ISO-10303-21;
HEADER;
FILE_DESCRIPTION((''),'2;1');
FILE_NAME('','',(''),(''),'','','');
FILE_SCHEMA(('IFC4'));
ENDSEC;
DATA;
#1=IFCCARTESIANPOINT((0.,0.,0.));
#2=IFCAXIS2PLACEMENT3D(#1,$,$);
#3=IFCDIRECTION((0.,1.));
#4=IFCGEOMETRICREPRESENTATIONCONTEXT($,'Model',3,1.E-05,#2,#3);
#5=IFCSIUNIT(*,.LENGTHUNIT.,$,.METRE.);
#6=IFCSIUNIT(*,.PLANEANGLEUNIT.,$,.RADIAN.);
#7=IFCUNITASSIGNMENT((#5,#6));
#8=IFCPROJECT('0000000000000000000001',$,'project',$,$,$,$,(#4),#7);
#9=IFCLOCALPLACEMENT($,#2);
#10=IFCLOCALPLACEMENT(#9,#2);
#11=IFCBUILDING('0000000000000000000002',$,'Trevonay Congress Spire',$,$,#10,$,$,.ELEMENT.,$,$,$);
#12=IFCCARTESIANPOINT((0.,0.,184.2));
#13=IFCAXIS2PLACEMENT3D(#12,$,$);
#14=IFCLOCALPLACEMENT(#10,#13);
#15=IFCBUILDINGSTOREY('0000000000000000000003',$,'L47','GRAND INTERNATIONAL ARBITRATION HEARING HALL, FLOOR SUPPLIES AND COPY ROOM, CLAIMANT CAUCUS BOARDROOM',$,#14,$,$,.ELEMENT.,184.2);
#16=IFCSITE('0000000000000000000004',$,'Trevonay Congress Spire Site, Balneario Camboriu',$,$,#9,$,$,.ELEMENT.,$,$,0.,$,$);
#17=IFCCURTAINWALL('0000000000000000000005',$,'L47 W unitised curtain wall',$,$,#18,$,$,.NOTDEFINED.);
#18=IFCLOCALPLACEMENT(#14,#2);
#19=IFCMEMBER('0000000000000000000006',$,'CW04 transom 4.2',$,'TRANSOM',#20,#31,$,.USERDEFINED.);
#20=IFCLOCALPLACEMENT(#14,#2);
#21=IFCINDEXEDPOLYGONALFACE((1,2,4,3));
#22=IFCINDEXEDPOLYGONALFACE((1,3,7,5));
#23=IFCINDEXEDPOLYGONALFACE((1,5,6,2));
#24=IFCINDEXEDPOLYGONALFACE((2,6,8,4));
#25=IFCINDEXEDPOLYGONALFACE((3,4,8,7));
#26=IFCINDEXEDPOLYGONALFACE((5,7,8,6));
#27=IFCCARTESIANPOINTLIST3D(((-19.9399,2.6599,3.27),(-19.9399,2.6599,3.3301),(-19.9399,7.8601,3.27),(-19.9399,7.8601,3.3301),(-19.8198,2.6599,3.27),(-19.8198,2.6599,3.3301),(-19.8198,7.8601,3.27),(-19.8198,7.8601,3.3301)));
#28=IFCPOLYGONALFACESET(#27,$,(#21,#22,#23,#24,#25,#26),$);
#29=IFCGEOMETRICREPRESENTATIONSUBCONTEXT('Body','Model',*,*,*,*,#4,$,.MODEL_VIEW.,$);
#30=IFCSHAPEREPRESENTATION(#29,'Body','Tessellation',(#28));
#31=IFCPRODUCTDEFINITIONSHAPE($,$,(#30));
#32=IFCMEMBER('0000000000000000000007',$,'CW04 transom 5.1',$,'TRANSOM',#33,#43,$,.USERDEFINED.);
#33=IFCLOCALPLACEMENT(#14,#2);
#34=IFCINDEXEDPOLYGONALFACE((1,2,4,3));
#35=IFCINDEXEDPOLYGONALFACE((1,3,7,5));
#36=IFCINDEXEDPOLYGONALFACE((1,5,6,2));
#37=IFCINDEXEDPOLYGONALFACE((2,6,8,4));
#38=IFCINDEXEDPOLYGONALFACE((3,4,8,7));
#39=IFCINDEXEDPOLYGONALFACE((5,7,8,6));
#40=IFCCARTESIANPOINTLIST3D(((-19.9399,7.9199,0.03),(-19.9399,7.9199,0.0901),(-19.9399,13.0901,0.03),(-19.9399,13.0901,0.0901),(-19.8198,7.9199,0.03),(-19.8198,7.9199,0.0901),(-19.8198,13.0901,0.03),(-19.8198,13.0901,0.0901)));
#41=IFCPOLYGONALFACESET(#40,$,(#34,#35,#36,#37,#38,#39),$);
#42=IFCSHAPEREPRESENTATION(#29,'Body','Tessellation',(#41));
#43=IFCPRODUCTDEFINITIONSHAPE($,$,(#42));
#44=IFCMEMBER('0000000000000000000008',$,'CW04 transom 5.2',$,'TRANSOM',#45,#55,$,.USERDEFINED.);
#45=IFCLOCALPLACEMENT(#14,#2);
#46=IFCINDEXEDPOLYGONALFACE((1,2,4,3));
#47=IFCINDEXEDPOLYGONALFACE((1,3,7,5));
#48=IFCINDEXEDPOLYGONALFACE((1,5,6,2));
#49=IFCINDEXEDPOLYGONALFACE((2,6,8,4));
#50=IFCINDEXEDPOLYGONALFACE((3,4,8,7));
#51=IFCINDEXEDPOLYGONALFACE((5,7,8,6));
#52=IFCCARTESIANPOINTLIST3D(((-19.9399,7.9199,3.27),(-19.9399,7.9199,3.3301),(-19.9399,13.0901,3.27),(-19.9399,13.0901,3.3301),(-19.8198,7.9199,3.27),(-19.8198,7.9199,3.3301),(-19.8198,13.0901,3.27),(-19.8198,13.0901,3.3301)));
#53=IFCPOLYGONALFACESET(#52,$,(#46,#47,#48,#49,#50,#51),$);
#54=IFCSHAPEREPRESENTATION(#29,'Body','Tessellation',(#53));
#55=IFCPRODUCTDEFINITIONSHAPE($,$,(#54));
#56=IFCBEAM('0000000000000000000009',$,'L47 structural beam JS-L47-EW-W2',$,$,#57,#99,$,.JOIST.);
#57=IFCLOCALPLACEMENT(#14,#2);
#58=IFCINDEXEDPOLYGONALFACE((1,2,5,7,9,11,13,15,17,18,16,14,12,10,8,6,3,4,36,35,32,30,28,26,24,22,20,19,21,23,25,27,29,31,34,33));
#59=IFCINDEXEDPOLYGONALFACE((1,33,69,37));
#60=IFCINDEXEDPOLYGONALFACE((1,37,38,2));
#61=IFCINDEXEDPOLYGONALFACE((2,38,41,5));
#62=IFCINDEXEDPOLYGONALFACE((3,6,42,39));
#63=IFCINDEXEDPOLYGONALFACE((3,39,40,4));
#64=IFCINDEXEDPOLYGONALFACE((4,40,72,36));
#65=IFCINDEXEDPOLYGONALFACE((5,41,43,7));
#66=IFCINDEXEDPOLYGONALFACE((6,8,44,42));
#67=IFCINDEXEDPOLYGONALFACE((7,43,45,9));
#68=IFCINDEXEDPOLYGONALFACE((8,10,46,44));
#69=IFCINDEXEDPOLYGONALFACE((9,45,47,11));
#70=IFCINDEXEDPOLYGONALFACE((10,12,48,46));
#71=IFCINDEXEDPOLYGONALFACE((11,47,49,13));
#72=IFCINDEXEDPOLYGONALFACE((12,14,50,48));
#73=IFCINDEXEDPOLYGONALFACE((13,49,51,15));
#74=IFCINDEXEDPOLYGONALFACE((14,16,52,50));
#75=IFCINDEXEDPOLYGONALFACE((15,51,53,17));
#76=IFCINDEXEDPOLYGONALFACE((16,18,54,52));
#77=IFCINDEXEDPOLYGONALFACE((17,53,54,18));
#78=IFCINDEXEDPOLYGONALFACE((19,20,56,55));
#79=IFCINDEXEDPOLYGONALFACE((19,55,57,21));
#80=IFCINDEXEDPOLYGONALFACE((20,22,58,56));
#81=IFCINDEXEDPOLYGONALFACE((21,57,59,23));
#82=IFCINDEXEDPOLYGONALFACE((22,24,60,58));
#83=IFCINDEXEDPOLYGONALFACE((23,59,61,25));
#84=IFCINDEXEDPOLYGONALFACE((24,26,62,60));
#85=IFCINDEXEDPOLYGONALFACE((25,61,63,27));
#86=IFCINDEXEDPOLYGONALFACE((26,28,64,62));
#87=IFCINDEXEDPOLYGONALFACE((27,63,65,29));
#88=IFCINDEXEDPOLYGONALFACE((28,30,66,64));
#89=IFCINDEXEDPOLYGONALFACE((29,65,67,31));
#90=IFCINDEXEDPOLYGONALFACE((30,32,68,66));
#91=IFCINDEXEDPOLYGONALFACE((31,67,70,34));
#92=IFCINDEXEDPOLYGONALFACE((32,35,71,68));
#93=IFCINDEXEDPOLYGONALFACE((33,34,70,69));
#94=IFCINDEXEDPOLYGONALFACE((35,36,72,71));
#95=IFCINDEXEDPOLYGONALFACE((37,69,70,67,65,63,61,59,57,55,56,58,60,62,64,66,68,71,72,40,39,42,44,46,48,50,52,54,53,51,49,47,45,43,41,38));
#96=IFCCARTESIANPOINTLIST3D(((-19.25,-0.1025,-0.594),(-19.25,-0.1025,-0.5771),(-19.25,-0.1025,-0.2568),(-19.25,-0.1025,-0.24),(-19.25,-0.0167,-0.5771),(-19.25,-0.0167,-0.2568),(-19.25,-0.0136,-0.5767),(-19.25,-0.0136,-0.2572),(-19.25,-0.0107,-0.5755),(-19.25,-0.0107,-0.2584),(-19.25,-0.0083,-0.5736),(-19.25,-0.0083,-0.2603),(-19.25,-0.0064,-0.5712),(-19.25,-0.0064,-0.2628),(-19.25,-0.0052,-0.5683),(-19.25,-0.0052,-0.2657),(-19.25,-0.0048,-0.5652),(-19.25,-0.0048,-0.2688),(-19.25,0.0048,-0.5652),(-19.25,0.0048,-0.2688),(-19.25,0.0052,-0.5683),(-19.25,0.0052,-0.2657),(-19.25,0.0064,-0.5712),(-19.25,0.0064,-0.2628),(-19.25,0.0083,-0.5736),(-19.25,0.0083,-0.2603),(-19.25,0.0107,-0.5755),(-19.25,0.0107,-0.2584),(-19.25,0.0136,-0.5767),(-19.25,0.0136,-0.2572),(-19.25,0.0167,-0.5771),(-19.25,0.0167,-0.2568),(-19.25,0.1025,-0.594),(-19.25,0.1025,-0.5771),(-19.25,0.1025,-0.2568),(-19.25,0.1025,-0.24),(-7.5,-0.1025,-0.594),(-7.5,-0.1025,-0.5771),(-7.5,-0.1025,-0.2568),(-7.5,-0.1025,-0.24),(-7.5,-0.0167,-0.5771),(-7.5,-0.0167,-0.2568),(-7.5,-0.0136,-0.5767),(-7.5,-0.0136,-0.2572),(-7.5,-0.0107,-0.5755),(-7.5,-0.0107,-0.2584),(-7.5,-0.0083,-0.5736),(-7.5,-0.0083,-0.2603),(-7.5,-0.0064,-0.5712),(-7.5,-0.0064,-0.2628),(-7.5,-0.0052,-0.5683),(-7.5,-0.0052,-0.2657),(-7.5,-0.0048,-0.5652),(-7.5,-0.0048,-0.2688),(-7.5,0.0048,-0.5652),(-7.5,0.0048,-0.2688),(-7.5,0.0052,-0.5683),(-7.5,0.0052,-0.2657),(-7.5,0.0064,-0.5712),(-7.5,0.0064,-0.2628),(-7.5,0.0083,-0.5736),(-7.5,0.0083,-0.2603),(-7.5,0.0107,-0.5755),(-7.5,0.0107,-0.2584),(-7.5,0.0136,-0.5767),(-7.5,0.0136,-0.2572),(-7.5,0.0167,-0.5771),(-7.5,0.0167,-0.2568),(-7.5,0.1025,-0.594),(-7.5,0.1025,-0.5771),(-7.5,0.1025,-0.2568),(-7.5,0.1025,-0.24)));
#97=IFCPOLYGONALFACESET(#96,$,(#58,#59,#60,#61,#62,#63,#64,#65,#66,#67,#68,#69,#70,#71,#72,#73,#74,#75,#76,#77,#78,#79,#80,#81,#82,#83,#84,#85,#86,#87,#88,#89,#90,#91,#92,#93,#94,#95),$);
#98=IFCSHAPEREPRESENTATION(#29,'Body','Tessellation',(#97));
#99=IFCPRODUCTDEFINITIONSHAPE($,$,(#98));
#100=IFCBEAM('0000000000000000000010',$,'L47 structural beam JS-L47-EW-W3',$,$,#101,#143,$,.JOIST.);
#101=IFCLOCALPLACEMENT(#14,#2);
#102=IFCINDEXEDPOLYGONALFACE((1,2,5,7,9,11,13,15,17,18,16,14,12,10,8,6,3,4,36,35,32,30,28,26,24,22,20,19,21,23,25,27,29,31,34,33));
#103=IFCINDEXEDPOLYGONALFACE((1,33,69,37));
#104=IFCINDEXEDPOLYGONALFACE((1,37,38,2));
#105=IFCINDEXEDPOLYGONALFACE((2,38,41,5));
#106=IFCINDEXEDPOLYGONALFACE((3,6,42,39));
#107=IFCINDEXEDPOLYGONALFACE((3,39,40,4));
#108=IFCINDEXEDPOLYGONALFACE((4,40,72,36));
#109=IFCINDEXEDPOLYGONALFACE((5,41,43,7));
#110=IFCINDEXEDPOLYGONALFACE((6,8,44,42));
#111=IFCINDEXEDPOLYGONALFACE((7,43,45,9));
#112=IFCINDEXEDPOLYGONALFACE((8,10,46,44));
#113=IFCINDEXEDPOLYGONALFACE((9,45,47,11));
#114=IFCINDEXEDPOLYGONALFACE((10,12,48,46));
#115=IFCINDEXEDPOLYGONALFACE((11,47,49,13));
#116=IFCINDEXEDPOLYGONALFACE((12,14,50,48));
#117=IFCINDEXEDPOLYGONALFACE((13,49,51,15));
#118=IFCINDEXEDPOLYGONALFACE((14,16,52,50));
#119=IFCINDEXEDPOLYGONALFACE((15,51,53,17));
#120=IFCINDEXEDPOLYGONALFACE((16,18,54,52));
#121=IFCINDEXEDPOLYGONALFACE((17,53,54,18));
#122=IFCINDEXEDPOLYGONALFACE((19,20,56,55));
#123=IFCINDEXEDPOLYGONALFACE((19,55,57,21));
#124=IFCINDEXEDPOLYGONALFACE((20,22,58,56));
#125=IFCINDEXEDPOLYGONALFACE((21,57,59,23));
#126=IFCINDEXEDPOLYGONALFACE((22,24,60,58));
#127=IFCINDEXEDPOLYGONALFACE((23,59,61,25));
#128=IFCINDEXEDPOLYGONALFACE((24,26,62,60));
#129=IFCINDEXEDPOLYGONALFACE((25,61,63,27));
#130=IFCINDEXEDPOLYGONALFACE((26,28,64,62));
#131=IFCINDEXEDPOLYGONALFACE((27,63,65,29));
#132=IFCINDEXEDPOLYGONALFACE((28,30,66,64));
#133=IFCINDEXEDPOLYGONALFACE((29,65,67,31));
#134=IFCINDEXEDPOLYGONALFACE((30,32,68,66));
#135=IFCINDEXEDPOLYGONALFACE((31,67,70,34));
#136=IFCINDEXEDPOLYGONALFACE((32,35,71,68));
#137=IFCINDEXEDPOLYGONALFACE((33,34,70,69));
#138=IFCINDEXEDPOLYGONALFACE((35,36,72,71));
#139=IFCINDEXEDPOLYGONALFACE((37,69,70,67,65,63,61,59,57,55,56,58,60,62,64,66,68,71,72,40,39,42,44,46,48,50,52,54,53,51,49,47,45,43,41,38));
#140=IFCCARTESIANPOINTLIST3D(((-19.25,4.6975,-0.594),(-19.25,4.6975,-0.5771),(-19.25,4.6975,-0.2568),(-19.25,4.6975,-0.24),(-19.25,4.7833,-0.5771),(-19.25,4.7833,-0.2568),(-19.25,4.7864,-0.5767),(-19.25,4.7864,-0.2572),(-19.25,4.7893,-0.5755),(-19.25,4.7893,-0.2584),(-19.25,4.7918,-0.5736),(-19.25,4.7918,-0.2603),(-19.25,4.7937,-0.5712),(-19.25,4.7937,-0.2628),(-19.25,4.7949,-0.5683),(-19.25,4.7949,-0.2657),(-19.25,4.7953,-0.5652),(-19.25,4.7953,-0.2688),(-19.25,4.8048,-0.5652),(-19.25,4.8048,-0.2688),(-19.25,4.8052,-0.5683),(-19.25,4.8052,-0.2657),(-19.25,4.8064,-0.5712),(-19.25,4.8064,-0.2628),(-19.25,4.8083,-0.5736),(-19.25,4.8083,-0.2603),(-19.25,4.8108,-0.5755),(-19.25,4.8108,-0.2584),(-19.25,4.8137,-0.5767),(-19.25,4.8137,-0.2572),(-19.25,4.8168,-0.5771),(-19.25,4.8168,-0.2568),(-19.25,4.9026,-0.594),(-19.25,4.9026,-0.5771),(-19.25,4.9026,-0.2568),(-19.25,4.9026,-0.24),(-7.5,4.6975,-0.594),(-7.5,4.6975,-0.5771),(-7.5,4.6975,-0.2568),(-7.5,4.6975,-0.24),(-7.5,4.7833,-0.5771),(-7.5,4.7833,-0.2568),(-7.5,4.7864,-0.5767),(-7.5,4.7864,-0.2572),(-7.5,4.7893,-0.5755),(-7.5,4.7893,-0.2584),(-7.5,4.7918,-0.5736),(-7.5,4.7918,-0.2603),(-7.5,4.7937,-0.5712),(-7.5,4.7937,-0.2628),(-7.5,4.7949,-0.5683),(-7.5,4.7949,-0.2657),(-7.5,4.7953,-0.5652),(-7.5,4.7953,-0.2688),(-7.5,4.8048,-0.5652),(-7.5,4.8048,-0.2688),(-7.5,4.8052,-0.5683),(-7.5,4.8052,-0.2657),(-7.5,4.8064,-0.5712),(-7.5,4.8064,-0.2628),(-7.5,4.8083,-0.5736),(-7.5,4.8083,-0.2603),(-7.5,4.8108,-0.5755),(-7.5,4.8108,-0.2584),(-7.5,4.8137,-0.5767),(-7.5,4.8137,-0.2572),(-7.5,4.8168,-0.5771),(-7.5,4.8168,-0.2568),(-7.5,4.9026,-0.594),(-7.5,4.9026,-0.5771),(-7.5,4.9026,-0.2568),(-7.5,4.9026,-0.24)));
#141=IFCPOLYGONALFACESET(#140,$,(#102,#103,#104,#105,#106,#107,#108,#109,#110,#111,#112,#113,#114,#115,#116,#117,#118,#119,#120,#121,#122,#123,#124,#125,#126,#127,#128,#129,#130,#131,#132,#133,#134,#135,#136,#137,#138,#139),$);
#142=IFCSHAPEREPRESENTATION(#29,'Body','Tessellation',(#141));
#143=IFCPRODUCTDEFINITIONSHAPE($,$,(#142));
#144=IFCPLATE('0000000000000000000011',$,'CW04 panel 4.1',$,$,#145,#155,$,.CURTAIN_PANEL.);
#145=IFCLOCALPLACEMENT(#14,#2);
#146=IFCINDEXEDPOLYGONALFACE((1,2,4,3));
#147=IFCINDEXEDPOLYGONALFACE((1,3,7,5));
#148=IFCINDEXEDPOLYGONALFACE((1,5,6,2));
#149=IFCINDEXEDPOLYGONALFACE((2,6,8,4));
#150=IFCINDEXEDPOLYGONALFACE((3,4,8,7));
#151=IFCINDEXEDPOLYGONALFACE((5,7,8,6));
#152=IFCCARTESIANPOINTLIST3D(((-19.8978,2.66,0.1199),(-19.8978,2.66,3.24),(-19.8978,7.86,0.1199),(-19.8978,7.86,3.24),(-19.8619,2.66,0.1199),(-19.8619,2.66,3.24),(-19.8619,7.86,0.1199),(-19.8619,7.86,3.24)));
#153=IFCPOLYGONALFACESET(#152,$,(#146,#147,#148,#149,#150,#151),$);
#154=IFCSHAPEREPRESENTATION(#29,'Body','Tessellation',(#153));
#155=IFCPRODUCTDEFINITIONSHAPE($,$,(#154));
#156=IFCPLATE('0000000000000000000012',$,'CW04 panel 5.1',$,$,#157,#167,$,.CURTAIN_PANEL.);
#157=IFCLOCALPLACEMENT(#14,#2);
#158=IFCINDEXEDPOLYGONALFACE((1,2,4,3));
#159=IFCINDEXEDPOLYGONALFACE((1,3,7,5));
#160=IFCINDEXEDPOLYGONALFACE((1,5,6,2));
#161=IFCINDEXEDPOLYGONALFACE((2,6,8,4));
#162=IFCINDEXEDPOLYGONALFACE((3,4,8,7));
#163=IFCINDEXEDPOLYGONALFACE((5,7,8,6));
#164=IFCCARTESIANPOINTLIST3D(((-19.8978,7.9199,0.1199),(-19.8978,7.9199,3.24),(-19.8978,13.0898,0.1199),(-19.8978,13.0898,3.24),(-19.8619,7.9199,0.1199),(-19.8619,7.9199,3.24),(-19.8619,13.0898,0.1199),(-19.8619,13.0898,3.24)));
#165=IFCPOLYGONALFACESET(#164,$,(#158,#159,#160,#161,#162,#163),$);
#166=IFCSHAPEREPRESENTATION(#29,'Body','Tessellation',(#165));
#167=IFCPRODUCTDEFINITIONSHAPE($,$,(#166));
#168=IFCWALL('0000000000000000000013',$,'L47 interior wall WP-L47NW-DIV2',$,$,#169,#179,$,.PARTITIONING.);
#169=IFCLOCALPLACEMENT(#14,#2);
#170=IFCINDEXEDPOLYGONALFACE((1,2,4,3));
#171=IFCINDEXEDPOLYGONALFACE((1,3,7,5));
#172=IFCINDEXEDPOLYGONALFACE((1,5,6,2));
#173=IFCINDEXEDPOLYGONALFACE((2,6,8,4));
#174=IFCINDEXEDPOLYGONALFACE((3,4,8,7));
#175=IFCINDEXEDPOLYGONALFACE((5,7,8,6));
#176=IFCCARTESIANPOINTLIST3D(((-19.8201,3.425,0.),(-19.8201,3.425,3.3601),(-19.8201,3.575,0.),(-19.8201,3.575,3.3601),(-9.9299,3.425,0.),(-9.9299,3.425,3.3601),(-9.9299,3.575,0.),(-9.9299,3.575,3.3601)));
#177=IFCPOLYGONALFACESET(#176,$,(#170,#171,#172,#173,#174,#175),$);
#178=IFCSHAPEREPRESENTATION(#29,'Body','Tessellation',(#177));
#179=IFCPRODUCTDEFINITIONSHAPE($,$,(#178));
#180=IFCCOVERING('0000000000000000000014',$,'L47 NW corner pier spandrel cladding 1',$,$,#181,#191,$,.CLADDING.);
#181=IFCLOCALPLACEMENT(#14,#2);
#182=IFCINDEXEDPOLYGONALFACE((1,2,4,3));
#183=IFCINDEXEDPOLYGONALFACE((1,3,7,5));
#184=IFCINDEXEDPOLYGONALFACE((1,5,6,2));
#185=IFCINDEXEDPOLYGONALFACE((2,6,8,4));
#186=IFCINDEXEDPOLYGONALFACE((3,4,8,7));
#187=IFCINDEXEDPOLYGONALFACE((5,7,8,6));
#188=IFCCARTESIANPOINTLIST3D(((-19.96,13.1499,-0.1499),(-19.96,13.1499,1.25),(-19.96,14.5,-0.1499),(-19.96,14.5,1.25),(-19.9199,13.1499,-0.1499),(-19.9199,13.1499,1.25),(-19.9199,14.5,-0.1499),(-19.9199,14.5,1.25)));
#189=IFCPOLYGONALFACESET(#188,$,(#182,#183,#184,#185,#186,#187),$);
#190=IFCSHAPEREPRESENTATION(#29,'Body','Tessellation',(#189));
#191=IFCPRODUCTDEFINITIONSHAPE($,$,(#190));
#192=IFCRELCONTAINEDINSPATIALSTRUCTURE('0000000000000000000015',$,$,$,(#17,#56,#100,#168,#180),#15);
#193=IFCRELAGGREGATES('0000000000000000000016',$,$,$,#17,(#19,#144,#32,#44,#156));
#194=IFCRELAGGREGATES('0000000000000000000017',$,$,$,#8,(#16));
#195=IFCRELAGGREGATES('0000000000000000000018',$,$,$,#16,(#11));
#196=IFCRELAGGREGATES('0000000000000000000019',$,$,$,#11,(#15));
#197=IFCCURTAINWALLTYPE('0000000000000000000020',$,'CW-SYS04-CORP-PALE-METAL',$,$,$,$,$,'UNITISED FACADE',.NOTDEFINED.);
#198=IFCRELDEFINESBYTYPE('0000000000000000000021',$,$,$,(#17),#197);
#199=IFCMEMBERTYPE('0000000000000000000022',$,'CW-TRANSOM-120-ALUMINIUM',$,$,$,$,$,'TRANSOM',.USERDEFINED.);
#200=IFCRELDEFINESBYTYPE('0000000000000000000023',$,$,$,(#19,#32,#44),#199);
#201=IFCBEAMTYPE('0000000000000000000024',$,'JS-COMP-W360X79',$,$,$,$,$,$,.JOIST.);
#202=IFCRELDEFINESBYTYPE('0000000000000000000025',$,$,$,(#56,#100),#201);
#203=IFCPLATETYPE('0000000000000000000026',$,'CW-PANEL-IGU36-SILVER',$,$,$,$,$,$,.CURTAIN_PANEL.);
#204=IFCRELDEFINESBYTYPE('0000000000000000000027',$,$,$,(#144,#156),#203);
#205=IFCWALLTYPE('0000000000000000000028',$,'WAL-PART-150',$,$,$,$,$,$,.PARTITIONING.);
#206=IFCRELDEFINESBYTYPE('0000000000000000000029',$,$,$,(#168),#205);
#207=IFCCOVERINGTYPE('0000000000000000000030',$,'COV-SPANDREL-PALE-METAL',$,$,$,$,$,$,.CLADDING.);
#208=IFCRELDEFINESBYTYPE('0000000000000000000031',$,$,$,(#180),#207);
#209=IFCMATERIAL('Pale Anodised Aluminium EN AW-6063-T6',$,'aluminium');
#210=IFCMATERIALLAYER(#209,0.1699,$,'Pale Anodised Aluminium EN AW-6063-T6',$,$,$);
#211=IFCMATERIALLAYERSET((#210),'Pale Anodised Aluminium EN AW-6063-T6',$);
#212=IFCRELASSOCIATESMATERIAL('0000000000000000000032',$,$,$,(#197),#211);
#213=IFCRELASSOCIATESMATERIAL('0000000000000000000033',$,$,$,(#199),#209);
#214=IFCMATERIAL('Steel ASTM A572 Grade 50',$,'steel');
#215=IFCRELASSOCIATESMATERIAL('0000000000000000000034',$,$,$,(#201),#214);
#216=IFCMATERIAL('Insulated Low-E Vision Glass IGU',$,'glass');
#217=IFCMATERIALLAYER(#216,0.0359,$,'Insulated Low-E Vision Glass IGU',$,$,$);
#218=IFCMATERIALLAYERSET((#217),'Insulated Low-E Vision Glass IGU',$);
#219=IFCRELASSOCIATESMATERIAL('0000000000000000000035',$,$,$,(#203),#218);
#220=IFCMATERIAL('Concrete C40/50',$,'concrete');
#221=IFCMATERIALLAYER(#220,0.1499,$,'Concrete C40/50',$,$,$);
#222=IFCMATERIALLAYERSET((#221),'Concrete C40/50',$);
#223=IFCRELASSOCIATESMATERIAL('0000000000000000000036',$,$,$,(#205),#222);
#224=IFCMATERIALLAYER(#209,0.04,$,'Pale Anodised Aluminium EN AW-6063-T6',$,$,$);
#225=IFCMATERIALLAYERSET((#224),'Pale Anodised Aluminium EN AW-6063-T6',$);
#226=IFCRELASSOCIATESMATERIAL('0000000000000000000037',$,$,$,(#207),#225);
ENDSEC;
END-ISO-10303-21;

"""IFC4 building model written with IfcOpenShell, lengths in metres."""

from ifc_helpers import new_model, si_unit, direction, frame, frame_2d, origin, origin_2d, place, context, subcontext, project, spatial, rectangle, i_section, extrude, material, layer, layer_set, material_profile, profile_set, type_object, element, aggregate, save


model = new_model("IFC4")

# Units and contexts
model_context = context("Model", 3, precision=1e-05, world=origin(), true_north=direction((0.0, 1.0)))
body_context = subcontext(model_context, "Body", "Model", "MODEL_VIEW")
ifc_project = project(units=[si_unit("LENGTHUNIT", "METRE"), si_unit("PLANEANGLEUNIT", "RADIAN")], contexts=[model_context])

# Site, building, storey
site_placement = place(None, origin())
site = spatial("IfcSite", under=ifc_project, at=site_placement, Name="Trevonay Congress Spire Site, Balneario Camboriu", CompositionType="ELEMENT", RefElevation=0.0)
building_placement = place(site_placement, origin())
building = spatial("IfcBuilding", under=site, at=building_placement, Name="Trevonay Congress Spire", CompositionType="ELEMENT")
storey_placement = place(building_placement, frame((0.0, 0.0, 184.2)))
storey = spatial("IfcBuildingStorey", under=building, at=storey_placement, Name="L47", Description="GRAND INTERNATIONAL ARBITRATION HEARING HALL, FLOOR SUPPLIES AND COPY ROOM, CLAIMANT CAUCUS BOARDROOM", CompositionType="ELEMENT", Elevation=184.2)

# Shared definitions
ifc_material_1 = material(Name="Steel ASTM A572 Grade 50", Category="steel")

# Curtain wall, members
ifc_material_2 = material(Name="Pale Anodised Aluminium EN AW-6063-T6", Category="aluminium")
ifc_layer_1 = layer(ifc_material_2, 0.1699, Name="Pale Anodised Aluminium EN AW-6063-T6")
ifc_layer_set_1 = layer_set([ifc_layer_1], Name="Pale Anodised Aluminium EN AW-6063-T6")
curtain_wall_type = type_object("IfcCurtainWallType", Name="CW-SYS04-CORP-PALE-METAL", ElementType="UNITISED FACADE", PredefinedType="NOTDEFINED", material=ifc_layer_set_1)
curtain_wall_placement = place(storey_placement, origin())
curtain_wall = element("IfcCurtainWall", 1, at=curtain_wall_placement, inside=storey, type_object=curtain_wall_type, Name="L47 W unitised curtain wall", PredefinedType="NOTDEFINED")
ifc_material_profile_1 = material_profile(ifc_material_2, rectangle(XDim=0.1201, YDim=0.0601, at=origin_2d()), Name="CW-TRANSOM-120-ALUMINIUM")
ifc_profile_set_1 = profile_set([ifc_material_profile_1], Name="Pale Anodised Aluminium EN AW-6063-T6")
member_type_1 = type_object("IfcMemberType", Name="CW-TRANSOM-120-ALUMINIUM", ElementType="TRANSOM", PredefinedType="USERDEFINED", material=ifc_profile_set_1)
member_1_placement = place(storey_placement, frame((-19.8799, 2.6599, 3.3), z_axis=(0.0, 1.0, 0.0), x_axis=(-1.0, 0.0, 0.0)))
member_1 = element("IfcMember", 2, at=member_1_placement, type_object=member_type_1, Name="CW04 transom 4.2", ObjectType="TRANSOM", PredefinedType="USERDEFINED", context=body_context, shape_type="SweptSolid", body=[
    extrude(rectangle(XDim=0.1201, YDim=0.0601, at=origin_2d()), origin(), (0.0, 0.0, 1.0), 5.2002),
])
member_2_placement = place(storey_placement, frame((-19.8799, 7.9199, 0.0601), z_axis=(0.0, 1.0, 0.0), x_axis=(-1.0, 0.0, 0.0)))
member_2 = element("IfcMember", 3, at=member_2_placement, type_object=member_type_1, Name="CW04 transom 5.1", ObjectType="TRANSOM", PredefinedType="USERDEFINED", context=body_context, shape_type="SweptSolid", body=[
    extrude(rectangle(XDim=0.1201, YDim=0.0601, at=origin_2d()), origin(), (0.0, 0.0, 1.0), 5.1702),
])
member_3_placement = place(storey_placement, frame((-19.8799, 7.9199, 3.3), z_axis=(0.0, 1.0, 0.0), x_axis=(-1.0, 0.0, 0.0)))
member_3 = element("IfcMember", 4, at=member_3_placement, type_object=member_type_1, Name="CW04 transom 5.2", ObjectType="TRANSOM", PredefinedType="USERDEFINED", context=body_context, shape_type="SweptSolid", body=[
    extrude(rectangle(XDim=0.1201, YDim=0.0601, at=origin_2d()), origin(), (0.0, 0.0, 1.0), 5.1702),
])

# Beams
ifc_material_profile_2 = material_profile(ifc_material_1, i_section(OverallWidth=0.2051, OverallDepth=0.354, WebThickness=0.0095, FlangeThickness=0.0168, FilletRadius=0.012, at=origin_2d()), Name="W360x79")
ifc_profile_set_2 = profile_set([ifc_material_profile_2], Name="Steel ASTM A572 Grade 50")
beam_type_1 = type_object("IfcBeamType", Name="JS-COMP-W360X79", PredefinedType="JOIST", material=ifc_profile_set_2)
for number, where, z_axis, x_axis, name in (
    (5, (-19.25, 0.0, -0.417), (1.0, 0.0, 0.0), (0.0, 1.0, 0.0), "L47 structural beam JS-L47-EW-W2"),
    (6, (-19.25, 4.8, -0.417), (1.0, 0.0, 0.0), (0.0, 1.0, 0.0), "L47 structural beam JS-L47-EW-W3"),
):
    element("IfcBeam", number, at=place(storey_placement, frame(where, z_axis=z_axis, x_axis=x_axis)), inside=storey, type_object=beam_type_1, Name=name, PredefinedType="JOIST", context=body_context, shape_type="SweptSolid", body=[
        extrude(i_section(OverallWidth=0.2051, OverallDepth=0.354, WebThickness=0.0095, FlangeThickness=0.0168, FilletRadius=0.012, at=origin_2d()), origin(), (0.0, 0.0, 1.0), 11.75),
    ])

# Plates
ifc_material_3 = material(Name="Insulated Low-E Vision Glass IGU", Category="glass")
ifc_layer_2 = layer(ifc_material_3, 0.0359, Name="Insulated Low-E Vision Glass IGU")
ifc_layer_set_2 = layer_set([ifc_layer_2], Name="Insulated Low-E Vision Glass IGU")
plate_type = type_object("IfcPlateType", Name="CW-PANEL-IGU36-SILVER", PredefinedType="CURTAIN_PANEL", material=ifc_layer_set_2)
plate_1_placement = place(storey_placement, frame((-19.8799, 5.26, 0.1199), z_axis=(0.0, 0.0, 1.0), x_axis=(0.0, 1.0, 0.0)))
plate_1 = element("IfcPlate", 7, at=plate_1_placement, type_object=plate_type, Name="CW04 panel 4.1", PredefinedType="CURTAIN_PANEL", context=body_context, shape_type="SweptSolid", body=[
    extrude(rectangle(XDim=5.2, YDim=0.0359, at=origin_2d()), origin(), (0.0, 0.0, 1.0), 3.1201),
])
plate_2_placement = place(storey_placement, frame((-19.8799, 10.5049, 0.1199), z_axis=(0.0, 0.0, 1.0), x_axis=(0.0, 1.0, 0.0)))
plate_2 = element("IfcPlate", 8, at=plate_2_placement, type_object=plate_type, Name="CW04 panel 5.1", PredefinedType="CURTAIN_PANEL", context=body_context, shape_type="SweptSolid", body=[
    extrude(rectangle(XDim=5.1699, YDim=0.0359, at=origin_2d()), origin(), (0.0, 0.0, 1.0), 3.1201),
])
aggregate(curtain_wall, [member_1, plate_1, member_2, member_3, plate_2])

# Wall
ifc_material_4 = material(Name="Concrete C40/50", Category="concrete")
ifc_layer_3 = layer(ifc_material_4, 0.1499, Name="Concrete C40/50")
ifc_layer_set_3 = layer_set([ifc_layer_3], Name="Concrete C40/50")
wall_type = type_object("IfcWallType", Name="WAL-PART-150", PredefinedType="PARTITIONING", material=ifc_layer_set_3)
wall_placement = place(storey_placement, frame((-19.8201, 3.5, 0.0), z_axis=(0.0, 0.0, 1.0), x_axis=(1.0, 0.0, 0.0)))
element("IfcWall", 9, at=wall_placement, inside=storey, type_object=wall_type, Name="L47 interior wall WP-L47NW-DIV2", PredefinedType="PARTITIONING", context=body_context, shape_type="SweptSolid", body=[
    extrude(rectangle(XDim=9.8901, YDim=0.1499, at=frame_2d((4.9451, 0.0))), origin(), (0.0, 0.0, 1.0), 3.3601),
])

# Covering
ifc_layer_4 = layer(ifc_material_2, 0.04, Name="Pale Anodised Aluminium EN AW-6063-T6")
ifc_layer_set_4 = layer_set([ifc_layer_4], Name="Pale Anodised Aluminium EN AW-6063-T6")
covering_type = type_object("IfcCoveringType", Name="COV-SPANDREL-PALE-METAL", PredefinedType="CLADDING", material=ifc_layer_set_4)
covering_placement = place(storey_placement, frame((-19.9399, 13.1499, -0.1499), z_axis=(0.0, 0.0, 1.0), x_axis=(0.0, 1.0, 0.0)))
element("IfcCovering", 10, at=covering_placement, inside=storey, type_object=covering_type, Name="L47 NW corner pier spandrel cladding 1", PredefinedType="CLADDING", context=body_context, shape_type="SweptSolid", body=[
    extrude(rectangle(XDim=1.3501, YDim=0.04, at=frame_2d((0.675, 0.0))), origin(), (0.0, 0.0, 1.0), 1.3999),
])

save(model, "model.ifc")
